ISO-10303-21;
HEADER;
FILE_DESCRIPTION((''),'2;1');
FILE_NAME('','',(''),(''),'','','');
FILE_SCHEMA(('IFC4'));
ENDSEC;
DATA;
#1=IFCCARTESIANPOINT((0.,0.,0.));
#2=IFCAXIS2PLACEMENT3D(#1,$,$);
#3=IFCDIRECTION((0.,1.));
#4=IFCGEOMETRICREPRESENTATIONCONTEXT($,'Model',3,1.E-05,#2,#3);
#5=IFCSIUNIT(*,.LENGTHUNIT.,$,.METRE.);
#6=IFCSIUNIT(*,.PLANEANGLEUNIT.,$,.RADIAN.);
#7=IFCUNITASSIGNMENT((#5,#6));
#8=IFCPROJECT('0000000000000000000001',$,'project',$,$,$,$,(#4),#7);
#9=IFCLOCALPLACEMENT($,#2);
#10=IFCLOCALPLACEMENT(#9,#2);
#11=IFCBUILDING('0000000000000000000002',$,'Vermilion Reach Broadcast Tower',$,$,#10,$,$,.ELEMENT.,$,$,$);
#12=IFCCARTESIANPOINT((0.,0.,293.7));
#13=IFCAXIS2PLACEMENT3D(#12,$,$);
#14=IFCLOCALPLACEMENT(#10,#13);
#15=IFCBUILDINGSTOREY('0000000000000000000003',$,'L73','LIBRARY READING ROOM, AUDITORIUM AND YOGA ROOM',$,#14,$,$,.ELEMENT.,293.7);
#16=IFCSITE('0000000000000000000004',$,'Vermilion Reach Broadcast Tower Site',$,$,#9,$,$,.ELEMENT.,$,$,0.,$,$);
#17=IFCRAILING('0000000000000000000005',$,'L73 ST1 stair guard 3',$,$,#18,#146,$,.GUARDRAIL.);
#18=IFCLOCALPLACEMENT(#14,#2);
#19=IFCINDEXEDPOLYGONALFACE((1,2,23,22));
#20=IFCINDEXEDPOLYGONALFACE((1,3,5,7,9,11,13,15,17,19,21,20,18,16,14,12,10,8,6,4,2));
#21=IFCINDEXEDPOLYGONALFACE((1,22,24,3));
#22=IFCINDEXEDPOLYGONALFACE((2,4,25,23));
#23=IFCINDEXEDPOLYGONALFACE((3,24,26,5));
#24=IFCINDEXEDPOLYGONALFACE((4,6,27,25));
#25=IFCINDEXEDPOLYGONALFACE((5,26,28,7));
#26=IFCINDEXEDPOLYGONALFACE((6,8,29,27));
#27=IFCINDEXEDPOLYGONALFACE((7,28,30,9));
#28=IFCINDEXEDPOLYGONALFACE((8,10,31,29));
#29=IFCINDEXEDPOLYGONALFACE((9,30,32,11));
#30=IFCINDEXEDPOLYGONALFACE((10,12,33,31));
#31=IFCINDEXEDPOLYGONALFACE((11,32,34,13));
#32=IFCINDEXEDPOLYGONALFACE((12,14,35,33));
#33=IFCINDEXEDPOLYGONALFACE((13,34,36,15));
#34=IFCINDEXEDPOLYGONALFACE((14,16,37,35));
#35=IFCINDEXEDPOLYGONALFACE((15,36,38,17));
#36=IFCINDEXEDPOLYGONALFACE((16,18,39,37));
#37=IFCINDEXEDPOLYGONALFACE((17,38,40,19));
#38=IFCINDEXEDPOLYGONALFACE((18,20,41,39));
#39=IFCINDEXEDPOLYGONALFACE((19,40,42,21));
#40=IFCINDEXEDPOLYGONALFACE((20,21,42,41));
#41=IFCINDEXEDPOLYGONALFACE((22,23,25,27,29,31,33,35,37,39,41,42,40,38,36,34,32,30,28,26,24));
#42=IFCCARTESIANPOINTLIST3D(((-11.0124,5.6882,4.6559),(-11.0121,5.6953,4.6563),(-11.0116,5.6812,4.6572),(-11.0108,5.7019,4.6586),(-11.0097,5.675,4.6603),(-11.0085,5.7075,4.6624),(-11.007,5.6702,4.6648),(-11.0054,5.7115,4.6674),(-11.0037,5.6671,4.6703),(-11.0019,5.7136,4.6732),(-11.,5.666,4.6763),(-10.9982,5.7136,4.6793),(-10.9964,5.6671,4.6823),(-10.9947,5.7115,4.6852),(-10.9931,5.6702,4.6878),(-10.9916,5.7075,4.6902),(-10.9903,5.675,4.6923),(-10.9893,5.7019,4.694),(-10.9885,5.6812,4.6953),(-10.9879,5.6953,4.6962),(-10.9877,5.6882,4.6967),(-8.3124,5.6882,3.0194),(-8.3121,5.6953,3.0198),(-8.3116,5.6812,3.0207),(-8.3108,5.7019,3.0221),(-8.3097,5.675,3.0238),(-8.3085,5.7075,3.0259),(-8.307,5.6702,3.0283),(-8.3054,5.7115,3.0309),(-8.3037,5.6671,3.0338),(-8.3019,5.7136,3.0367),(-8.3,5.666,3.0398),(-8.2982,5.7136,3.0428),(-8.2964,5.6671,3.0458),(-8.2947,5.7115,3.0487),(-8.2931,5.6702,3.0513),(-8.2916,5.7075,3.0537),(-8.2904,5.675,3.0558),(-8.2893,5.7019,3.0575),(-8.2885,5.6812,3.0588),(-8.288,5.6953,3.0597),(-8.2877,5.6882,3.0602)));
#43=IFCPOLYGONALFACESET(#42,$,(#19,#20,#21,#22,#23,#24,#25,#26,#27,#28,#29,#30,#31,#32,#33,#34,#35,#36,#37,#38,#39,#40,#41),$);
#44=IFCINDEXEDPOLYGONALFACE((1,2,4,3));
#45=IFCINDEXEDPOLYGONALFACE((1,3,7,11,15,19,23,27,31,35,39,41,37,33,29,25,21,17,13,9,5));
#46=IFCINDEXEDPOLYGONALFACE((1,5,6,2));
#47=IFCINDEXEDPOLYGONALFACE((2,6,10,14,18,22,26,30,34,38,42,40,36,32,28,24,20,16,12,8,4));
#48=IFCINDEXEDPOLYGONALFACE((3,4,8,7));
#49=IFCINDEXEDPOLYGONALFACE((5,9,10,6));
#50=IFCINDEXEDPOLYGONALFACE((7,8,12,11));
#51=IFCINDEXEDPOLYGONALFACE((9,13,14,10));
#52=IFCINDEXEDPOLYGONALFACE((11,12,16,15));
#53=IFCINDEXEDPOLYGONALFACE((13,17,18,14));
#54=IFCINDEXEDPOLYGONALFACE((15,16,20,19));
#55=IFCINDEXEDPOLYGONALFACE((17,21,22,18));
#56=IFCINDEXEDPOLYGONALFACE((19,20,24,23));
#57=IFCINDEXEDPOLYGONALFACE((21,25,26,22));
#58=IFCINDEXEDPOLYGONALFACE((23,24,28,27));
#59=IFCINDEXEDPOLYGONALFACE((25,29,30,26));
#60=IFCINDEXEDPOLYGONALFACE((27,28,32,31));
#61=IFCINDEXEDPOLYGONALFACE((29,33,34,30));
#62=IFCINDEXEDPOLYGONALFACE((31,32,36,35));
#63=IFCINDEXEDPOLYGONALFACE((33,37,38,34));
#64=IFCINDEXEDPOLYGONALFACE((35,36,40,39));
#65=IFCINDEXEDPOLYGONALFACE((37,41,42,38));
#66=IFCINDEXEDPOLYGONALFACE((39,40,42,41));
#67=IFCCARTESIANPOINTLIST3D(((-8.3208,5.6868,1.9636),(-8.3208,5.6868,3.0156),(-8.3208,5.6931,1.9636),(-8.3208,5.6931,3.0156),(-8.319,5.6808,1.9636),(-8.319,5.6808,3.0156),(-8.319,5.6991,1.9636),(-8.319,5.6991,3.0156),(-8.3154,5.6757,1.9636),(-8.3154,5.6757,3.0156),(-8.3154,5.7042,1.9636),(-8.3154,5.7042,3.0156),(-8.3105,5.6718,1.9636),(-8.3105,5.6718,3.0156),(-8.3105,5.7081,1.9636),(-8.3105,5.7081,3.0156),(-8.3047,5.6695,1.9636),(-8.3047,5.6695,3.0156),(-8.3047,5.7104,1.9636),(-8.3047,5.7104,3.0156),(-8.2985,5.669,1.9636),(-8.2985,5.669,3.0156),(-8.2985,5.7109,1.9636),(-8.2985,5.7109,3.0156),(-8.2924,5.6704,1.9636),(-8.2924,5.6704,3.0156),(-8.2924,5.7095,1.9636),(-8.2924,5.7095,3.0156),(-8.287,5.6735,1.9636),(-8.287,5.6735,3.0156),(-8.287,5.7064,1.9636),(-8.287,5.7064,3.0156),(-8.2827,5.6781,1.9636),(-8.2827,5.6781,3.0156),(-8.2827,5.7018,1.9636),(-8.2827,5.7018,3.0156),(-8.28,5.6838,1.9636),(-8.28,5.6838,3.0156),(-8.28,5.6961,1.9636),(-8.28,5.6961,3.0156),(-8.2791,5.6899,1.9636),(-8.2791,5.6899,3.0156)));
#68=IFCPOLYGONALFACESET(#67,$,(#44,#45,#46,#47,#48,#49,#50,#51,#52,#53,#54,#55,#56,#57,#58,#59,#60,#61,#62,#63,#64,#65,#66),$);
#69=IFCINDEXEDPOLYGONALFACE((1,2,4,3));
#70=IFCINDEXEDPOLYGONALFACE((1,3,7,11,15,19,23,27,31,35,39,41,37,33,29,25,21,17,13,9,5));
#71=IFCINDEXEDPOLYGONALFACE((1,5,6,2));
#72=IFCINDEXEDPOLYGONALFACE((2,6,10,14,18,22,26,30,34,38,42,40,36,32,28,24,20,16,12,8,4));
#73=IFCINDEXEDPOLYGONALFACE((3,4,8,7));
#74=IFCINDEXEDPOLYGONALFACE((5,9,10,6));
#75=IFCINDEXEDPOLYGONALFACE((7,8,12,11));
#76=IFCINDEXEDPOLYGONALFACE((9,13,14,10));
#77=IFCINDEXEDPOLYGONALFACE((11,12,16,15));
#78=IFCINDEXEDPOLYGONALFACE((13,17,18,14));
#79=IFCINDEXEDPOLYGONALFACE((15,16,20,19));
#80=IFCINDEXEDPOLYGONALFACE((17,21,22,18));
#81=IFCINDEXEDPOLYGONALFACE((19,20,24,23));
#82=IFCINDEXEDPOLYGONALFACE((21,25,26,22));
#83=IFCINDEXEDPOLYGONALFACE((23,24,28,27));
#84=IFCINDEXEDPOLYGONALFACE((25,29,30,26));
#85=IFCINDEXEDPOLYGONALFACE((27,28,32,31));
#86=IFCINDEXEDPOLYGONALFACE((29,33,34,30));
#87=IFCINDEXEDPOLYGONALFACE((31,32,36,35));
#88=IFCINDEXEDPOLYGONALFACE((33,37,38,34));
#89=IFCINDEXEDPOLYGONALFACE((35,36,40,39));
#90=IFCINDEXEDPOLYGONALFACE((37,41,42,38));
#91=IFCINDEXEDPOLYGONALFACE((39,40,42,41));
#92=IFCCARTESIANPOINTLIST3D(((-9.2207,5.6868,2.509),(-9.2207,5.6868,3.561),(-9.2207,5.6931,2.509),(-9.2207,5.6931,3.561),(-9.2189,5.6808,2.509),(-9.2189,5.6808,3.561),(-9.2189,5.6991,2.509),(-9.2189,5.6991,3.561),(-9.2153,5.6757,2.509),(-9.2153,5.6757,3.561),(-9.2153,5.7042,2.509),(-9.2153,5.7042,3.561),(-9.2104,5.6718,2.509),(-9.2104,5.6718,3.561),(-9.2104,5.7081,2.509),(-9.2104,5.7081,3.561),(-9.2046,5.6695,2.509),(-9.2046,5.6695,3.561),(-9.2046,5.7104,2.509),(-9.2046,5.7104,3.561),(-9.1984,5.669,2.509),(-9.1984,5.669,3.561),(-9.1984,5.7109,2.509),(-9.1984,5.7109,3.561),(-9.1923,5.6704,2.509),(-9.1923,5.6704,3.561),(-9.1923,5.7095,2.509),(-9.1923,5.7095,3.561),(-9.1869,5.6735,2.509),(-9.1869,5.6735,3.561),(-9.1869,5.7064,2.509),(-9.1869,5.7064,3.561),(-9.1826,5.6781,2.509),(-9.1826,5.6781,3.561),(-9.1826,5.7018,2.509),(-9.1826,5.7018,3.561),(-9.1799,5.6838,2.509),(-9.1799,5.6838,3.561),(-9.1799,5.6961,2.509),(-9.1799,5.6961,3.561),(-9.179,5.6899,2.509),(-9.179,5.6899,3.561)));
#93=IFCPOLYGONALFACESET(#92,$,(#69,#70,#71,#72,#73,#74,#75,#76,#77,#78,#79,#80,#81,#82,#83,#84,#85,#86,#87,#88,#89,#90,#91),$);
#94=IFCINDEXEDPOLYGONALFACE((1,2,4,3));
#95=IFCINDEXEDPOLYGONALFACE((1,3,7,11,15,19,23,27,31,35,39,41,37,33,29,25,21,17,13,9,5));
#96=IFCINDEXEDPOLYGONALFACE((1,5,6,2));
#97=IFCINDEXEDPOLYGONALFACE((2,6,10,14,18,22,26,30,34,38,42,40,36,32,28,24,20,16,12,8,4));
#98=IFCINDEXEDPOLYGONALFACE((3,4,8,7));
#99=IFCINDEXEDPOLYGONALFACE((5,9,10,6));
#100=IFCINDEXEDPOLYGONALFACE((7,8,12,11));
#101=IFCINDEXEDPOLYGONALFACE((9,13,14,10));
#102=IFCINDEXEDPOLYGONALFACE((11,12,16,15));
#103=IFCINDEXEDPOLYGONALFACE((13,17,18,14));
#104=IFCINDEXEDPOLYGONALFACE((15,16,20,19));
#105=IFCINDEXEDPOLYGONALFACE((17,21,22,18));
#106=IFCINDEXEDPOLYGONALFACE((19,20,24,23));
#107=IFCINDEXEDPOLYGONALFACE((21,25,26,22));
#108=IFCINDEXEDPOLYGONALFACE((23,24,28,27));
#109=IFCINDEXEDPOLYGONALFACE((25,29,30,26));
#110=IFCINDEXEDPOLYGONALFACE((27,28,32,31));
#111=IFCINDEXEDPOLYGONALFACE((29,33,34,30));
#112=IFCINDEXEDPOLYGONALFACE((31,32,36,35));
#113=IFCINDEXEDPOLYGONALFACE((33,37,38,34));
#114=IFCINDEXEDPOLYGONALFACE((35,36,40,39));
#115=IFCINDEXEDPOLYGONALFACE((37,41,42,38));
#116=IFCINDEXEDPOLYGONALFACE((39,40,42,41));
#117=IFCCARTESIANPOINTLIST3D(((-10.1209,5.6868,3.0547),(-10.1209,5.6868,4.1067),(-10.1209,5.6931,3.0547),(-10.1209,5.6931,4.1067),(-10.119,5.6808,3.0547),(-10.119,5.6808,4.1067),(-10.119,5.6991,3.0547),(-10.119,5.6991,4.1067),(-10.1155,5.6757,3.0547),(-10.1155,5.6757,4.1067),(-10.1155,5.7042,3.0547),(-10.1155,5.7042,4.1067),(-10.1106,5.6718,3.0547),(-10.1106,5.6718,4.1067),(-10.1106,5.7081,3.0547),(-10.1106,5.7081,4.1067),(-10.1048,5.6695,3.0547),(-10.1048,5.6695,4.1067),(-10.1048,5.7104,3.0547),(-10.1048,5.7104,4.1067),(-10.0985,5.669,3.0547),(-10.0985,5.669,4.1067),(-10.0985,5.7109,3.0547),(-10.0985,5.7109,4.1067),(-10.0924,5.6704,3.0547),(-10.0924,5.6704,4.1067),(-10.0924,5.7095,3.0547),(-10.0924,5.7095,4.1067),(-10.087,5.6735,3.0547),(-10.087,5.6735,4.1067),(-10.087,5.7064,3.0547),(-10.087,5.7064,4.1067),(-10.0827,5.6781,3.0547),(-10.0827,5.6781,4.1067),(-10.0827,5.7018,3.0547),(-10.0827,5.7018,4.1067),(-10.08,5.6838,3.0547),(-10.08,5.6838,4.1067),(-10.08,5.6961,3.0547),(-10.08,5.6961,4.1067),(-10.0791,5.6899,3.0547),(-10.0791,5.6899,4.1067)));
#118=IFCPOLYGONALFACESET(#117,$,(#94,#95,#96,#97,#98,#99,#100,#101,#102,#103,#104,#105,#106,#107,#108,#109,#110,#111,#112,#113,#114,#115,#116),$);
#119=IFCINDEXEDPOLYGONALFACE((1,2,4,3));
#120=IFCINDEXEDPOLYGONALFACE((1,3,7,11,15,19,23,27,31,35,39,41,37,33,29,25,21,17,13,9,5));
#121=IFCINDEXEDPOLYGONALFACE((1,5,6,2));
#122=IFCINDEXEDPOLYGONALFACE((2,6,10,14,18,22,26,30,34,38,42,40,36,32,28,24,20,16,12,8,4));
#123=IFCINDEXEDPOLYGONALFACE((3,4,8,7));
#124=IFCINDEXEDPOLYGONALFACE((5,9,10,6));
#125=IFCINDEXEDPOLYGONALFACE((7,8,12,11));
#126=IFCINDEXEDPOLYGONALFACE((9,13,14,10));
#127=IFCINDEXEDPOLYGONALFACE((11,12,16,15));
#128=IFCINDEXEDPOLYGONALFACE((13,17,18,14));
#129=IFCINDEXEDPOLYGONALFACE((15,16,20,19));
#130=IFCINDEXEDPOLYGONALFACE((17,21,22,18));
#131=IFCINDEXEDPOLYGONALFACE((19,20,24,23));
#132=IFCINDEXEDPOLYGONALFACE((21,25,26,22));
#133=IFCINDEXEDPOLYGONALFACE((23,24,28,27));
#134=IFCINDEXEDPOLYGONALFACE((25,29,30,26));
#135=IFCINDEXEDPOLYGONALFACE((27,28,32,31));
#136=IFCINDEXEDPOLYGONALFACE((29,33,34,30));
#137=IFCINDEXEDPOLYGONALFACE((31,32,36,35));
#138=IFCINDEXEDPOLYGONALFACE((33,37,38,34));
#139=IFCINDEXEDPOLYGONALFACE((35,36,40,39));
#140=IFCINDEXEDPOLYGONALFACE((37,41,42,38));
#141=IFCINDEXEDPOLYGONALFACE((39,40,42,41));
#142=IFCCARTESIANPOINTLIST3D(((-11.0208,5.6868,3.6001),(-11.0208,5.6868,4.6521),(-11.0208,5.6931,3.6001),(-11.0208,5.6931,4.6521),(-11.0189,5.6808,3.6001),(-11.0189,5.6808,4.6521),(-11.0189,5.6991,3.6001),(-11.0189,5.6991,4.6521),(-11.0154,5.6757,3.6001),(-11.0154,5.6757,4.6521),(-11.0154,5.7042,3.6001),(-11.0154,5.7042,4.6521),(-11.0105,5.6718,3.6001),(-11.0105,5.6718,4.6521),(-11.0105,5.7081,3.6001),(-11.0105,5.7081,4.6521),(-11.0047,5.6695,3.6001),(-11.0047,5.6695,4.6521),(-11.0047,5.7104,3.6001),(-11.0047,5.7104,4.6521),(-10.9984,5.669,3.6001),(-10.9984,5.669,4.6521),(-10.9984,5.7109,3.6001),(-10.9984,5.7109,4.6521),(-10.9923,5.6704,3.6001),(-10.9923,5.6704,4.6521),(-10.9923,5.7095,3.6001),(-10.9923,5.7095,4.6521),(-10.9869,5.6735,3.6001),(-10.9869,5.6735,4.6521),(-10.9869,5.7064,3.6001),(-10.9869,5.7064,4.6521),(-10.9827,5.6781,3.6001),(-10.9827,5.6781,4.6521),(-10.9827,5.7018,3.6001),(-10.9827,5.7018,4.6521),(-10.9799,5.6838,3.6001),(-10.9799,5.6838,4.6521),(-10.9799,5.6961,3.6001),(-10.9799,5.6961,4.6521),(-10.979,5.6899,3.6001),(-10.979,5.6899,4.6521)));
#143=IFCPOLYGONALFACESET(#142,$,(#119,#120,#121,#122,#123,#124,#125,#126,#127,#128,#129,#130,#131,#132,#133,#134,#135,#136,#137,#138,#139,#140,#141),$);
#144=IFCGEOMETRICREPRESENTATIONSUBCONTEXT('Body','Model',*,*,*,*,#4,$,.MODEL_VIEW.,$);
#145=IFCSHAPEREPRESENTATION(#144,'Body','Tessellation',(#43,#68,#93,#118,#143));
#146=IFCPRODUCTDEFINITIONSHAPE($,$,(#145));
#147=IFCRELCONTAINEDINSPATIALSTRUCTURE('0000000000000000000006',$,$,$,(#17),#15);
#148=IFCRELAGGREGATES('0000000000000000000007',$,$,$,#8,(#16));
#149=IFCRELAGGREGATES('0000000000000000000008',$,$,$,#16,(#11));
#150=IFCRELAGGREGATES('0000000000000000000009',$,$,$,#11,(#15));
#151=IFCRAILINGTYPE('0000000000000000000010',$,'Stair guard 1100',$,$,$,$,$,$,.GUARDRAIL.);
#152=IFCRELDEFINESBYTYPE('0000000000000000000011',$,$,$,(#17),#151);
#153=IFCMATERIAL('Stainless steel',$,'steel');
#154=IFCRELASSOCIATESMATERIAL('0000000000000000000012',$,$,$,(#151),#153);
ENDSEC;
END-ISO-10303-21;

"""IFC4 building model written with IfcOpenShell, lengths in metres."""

from ifc_helpers import new_model, si_unit, direction, frame, origin, origin_2d, place, context, subcontext, project, spatial, circle, extrude, material, type_object, element, save


model = new_model("IFC4")

# Units and contexts
model_context = context("Model", 3, precision=1e-05, world=origin(), true_north=direction((0.0, 1.0)))
body_context = subcontext(model_context, "Body", "Model", "MODEL_VIEW")
ifc_project = project(units=[si_unit("LENGTHUNIT", "METRE"), si_unit("PLANEANGLEUNIT", "RADIAN")], contexts=[model_context])

# Site, building, storey
site_placement = place(None, origin())
site = spatial("IfcSite", under=ifc_project, at=site_placement, Name="Vermilion Reach Broadcast Tower Site", CompositionType="ELEMENT", RefElevation=0.0)
building_placement = place(site_placement, origin())
building = spatial("IfcBuilding", under=site, at=building_placement, Name="Vermilion Reach Broadcast Tower", CompositionType="ELEMENT")
storey_placement = place(building_placement, frame((0.0, 0.0, 293.7)))
storey = spatial("IfcBuildingStorey", under=building, at=storey_placement, Name="L73", Description="LIBRARY READING ROOM, AUDITORIUM AND YOGA ROOM", CompositionType="ELEMENT", Elevation=293.7)

# Railing
ifc_material_1 = material(Name="Stainless steel", Category="steel")
railing_type_1 = type_object("IfcRailingType", Name="Stair guard 1100", PredefinedType="GUARDRAIL", material=ifc_material_1)
railing_1_placement = place(storey_placement, frame((-8.3, 5.6899, 1.9636)))
element("IfcRailing", 1, at=railing_1_placement, inside=storey, type_object=railing_type_1, Name="L73 ST1 stair guard 3", PredefinedType="GUARDRAIL", context=body_context, shape_type="SweptSolid", body=[
    extrude(circle(Radius=0.0239, at=origin_2d()), frame((0.0, 0.0, 1.0762), z_axis=(-0.855178, 0.0, 0.518334), x_axis=(0.0, -1.0, 0.0)), (0.0, 0.0, 1.0), 3.1572),
    extrude(circle(Radius=0.021, at=origin_2d()), origin(), (0.0, 0.0, 1.0), 1.052),
    extrude(circle(Radius=0.021, at=origin_2d()), frame((-0.8999, 0.0, 0.5454)), (0.0, 0.0, 1.0), 1.052),
    extrude(circle(Radius=0.021, at=origin_2d()), frame((-1.8, 0.0, 1.0911)), (0.0, 0.0, 1.0), 1.052),
    extrude(circle(Radius=0.021, at=origin_2d()), frame((-2.7, 0.0, 1.6365)), (0.0, 0.0, 1.0), 1.052),
])

save(model, "model.ifc")
